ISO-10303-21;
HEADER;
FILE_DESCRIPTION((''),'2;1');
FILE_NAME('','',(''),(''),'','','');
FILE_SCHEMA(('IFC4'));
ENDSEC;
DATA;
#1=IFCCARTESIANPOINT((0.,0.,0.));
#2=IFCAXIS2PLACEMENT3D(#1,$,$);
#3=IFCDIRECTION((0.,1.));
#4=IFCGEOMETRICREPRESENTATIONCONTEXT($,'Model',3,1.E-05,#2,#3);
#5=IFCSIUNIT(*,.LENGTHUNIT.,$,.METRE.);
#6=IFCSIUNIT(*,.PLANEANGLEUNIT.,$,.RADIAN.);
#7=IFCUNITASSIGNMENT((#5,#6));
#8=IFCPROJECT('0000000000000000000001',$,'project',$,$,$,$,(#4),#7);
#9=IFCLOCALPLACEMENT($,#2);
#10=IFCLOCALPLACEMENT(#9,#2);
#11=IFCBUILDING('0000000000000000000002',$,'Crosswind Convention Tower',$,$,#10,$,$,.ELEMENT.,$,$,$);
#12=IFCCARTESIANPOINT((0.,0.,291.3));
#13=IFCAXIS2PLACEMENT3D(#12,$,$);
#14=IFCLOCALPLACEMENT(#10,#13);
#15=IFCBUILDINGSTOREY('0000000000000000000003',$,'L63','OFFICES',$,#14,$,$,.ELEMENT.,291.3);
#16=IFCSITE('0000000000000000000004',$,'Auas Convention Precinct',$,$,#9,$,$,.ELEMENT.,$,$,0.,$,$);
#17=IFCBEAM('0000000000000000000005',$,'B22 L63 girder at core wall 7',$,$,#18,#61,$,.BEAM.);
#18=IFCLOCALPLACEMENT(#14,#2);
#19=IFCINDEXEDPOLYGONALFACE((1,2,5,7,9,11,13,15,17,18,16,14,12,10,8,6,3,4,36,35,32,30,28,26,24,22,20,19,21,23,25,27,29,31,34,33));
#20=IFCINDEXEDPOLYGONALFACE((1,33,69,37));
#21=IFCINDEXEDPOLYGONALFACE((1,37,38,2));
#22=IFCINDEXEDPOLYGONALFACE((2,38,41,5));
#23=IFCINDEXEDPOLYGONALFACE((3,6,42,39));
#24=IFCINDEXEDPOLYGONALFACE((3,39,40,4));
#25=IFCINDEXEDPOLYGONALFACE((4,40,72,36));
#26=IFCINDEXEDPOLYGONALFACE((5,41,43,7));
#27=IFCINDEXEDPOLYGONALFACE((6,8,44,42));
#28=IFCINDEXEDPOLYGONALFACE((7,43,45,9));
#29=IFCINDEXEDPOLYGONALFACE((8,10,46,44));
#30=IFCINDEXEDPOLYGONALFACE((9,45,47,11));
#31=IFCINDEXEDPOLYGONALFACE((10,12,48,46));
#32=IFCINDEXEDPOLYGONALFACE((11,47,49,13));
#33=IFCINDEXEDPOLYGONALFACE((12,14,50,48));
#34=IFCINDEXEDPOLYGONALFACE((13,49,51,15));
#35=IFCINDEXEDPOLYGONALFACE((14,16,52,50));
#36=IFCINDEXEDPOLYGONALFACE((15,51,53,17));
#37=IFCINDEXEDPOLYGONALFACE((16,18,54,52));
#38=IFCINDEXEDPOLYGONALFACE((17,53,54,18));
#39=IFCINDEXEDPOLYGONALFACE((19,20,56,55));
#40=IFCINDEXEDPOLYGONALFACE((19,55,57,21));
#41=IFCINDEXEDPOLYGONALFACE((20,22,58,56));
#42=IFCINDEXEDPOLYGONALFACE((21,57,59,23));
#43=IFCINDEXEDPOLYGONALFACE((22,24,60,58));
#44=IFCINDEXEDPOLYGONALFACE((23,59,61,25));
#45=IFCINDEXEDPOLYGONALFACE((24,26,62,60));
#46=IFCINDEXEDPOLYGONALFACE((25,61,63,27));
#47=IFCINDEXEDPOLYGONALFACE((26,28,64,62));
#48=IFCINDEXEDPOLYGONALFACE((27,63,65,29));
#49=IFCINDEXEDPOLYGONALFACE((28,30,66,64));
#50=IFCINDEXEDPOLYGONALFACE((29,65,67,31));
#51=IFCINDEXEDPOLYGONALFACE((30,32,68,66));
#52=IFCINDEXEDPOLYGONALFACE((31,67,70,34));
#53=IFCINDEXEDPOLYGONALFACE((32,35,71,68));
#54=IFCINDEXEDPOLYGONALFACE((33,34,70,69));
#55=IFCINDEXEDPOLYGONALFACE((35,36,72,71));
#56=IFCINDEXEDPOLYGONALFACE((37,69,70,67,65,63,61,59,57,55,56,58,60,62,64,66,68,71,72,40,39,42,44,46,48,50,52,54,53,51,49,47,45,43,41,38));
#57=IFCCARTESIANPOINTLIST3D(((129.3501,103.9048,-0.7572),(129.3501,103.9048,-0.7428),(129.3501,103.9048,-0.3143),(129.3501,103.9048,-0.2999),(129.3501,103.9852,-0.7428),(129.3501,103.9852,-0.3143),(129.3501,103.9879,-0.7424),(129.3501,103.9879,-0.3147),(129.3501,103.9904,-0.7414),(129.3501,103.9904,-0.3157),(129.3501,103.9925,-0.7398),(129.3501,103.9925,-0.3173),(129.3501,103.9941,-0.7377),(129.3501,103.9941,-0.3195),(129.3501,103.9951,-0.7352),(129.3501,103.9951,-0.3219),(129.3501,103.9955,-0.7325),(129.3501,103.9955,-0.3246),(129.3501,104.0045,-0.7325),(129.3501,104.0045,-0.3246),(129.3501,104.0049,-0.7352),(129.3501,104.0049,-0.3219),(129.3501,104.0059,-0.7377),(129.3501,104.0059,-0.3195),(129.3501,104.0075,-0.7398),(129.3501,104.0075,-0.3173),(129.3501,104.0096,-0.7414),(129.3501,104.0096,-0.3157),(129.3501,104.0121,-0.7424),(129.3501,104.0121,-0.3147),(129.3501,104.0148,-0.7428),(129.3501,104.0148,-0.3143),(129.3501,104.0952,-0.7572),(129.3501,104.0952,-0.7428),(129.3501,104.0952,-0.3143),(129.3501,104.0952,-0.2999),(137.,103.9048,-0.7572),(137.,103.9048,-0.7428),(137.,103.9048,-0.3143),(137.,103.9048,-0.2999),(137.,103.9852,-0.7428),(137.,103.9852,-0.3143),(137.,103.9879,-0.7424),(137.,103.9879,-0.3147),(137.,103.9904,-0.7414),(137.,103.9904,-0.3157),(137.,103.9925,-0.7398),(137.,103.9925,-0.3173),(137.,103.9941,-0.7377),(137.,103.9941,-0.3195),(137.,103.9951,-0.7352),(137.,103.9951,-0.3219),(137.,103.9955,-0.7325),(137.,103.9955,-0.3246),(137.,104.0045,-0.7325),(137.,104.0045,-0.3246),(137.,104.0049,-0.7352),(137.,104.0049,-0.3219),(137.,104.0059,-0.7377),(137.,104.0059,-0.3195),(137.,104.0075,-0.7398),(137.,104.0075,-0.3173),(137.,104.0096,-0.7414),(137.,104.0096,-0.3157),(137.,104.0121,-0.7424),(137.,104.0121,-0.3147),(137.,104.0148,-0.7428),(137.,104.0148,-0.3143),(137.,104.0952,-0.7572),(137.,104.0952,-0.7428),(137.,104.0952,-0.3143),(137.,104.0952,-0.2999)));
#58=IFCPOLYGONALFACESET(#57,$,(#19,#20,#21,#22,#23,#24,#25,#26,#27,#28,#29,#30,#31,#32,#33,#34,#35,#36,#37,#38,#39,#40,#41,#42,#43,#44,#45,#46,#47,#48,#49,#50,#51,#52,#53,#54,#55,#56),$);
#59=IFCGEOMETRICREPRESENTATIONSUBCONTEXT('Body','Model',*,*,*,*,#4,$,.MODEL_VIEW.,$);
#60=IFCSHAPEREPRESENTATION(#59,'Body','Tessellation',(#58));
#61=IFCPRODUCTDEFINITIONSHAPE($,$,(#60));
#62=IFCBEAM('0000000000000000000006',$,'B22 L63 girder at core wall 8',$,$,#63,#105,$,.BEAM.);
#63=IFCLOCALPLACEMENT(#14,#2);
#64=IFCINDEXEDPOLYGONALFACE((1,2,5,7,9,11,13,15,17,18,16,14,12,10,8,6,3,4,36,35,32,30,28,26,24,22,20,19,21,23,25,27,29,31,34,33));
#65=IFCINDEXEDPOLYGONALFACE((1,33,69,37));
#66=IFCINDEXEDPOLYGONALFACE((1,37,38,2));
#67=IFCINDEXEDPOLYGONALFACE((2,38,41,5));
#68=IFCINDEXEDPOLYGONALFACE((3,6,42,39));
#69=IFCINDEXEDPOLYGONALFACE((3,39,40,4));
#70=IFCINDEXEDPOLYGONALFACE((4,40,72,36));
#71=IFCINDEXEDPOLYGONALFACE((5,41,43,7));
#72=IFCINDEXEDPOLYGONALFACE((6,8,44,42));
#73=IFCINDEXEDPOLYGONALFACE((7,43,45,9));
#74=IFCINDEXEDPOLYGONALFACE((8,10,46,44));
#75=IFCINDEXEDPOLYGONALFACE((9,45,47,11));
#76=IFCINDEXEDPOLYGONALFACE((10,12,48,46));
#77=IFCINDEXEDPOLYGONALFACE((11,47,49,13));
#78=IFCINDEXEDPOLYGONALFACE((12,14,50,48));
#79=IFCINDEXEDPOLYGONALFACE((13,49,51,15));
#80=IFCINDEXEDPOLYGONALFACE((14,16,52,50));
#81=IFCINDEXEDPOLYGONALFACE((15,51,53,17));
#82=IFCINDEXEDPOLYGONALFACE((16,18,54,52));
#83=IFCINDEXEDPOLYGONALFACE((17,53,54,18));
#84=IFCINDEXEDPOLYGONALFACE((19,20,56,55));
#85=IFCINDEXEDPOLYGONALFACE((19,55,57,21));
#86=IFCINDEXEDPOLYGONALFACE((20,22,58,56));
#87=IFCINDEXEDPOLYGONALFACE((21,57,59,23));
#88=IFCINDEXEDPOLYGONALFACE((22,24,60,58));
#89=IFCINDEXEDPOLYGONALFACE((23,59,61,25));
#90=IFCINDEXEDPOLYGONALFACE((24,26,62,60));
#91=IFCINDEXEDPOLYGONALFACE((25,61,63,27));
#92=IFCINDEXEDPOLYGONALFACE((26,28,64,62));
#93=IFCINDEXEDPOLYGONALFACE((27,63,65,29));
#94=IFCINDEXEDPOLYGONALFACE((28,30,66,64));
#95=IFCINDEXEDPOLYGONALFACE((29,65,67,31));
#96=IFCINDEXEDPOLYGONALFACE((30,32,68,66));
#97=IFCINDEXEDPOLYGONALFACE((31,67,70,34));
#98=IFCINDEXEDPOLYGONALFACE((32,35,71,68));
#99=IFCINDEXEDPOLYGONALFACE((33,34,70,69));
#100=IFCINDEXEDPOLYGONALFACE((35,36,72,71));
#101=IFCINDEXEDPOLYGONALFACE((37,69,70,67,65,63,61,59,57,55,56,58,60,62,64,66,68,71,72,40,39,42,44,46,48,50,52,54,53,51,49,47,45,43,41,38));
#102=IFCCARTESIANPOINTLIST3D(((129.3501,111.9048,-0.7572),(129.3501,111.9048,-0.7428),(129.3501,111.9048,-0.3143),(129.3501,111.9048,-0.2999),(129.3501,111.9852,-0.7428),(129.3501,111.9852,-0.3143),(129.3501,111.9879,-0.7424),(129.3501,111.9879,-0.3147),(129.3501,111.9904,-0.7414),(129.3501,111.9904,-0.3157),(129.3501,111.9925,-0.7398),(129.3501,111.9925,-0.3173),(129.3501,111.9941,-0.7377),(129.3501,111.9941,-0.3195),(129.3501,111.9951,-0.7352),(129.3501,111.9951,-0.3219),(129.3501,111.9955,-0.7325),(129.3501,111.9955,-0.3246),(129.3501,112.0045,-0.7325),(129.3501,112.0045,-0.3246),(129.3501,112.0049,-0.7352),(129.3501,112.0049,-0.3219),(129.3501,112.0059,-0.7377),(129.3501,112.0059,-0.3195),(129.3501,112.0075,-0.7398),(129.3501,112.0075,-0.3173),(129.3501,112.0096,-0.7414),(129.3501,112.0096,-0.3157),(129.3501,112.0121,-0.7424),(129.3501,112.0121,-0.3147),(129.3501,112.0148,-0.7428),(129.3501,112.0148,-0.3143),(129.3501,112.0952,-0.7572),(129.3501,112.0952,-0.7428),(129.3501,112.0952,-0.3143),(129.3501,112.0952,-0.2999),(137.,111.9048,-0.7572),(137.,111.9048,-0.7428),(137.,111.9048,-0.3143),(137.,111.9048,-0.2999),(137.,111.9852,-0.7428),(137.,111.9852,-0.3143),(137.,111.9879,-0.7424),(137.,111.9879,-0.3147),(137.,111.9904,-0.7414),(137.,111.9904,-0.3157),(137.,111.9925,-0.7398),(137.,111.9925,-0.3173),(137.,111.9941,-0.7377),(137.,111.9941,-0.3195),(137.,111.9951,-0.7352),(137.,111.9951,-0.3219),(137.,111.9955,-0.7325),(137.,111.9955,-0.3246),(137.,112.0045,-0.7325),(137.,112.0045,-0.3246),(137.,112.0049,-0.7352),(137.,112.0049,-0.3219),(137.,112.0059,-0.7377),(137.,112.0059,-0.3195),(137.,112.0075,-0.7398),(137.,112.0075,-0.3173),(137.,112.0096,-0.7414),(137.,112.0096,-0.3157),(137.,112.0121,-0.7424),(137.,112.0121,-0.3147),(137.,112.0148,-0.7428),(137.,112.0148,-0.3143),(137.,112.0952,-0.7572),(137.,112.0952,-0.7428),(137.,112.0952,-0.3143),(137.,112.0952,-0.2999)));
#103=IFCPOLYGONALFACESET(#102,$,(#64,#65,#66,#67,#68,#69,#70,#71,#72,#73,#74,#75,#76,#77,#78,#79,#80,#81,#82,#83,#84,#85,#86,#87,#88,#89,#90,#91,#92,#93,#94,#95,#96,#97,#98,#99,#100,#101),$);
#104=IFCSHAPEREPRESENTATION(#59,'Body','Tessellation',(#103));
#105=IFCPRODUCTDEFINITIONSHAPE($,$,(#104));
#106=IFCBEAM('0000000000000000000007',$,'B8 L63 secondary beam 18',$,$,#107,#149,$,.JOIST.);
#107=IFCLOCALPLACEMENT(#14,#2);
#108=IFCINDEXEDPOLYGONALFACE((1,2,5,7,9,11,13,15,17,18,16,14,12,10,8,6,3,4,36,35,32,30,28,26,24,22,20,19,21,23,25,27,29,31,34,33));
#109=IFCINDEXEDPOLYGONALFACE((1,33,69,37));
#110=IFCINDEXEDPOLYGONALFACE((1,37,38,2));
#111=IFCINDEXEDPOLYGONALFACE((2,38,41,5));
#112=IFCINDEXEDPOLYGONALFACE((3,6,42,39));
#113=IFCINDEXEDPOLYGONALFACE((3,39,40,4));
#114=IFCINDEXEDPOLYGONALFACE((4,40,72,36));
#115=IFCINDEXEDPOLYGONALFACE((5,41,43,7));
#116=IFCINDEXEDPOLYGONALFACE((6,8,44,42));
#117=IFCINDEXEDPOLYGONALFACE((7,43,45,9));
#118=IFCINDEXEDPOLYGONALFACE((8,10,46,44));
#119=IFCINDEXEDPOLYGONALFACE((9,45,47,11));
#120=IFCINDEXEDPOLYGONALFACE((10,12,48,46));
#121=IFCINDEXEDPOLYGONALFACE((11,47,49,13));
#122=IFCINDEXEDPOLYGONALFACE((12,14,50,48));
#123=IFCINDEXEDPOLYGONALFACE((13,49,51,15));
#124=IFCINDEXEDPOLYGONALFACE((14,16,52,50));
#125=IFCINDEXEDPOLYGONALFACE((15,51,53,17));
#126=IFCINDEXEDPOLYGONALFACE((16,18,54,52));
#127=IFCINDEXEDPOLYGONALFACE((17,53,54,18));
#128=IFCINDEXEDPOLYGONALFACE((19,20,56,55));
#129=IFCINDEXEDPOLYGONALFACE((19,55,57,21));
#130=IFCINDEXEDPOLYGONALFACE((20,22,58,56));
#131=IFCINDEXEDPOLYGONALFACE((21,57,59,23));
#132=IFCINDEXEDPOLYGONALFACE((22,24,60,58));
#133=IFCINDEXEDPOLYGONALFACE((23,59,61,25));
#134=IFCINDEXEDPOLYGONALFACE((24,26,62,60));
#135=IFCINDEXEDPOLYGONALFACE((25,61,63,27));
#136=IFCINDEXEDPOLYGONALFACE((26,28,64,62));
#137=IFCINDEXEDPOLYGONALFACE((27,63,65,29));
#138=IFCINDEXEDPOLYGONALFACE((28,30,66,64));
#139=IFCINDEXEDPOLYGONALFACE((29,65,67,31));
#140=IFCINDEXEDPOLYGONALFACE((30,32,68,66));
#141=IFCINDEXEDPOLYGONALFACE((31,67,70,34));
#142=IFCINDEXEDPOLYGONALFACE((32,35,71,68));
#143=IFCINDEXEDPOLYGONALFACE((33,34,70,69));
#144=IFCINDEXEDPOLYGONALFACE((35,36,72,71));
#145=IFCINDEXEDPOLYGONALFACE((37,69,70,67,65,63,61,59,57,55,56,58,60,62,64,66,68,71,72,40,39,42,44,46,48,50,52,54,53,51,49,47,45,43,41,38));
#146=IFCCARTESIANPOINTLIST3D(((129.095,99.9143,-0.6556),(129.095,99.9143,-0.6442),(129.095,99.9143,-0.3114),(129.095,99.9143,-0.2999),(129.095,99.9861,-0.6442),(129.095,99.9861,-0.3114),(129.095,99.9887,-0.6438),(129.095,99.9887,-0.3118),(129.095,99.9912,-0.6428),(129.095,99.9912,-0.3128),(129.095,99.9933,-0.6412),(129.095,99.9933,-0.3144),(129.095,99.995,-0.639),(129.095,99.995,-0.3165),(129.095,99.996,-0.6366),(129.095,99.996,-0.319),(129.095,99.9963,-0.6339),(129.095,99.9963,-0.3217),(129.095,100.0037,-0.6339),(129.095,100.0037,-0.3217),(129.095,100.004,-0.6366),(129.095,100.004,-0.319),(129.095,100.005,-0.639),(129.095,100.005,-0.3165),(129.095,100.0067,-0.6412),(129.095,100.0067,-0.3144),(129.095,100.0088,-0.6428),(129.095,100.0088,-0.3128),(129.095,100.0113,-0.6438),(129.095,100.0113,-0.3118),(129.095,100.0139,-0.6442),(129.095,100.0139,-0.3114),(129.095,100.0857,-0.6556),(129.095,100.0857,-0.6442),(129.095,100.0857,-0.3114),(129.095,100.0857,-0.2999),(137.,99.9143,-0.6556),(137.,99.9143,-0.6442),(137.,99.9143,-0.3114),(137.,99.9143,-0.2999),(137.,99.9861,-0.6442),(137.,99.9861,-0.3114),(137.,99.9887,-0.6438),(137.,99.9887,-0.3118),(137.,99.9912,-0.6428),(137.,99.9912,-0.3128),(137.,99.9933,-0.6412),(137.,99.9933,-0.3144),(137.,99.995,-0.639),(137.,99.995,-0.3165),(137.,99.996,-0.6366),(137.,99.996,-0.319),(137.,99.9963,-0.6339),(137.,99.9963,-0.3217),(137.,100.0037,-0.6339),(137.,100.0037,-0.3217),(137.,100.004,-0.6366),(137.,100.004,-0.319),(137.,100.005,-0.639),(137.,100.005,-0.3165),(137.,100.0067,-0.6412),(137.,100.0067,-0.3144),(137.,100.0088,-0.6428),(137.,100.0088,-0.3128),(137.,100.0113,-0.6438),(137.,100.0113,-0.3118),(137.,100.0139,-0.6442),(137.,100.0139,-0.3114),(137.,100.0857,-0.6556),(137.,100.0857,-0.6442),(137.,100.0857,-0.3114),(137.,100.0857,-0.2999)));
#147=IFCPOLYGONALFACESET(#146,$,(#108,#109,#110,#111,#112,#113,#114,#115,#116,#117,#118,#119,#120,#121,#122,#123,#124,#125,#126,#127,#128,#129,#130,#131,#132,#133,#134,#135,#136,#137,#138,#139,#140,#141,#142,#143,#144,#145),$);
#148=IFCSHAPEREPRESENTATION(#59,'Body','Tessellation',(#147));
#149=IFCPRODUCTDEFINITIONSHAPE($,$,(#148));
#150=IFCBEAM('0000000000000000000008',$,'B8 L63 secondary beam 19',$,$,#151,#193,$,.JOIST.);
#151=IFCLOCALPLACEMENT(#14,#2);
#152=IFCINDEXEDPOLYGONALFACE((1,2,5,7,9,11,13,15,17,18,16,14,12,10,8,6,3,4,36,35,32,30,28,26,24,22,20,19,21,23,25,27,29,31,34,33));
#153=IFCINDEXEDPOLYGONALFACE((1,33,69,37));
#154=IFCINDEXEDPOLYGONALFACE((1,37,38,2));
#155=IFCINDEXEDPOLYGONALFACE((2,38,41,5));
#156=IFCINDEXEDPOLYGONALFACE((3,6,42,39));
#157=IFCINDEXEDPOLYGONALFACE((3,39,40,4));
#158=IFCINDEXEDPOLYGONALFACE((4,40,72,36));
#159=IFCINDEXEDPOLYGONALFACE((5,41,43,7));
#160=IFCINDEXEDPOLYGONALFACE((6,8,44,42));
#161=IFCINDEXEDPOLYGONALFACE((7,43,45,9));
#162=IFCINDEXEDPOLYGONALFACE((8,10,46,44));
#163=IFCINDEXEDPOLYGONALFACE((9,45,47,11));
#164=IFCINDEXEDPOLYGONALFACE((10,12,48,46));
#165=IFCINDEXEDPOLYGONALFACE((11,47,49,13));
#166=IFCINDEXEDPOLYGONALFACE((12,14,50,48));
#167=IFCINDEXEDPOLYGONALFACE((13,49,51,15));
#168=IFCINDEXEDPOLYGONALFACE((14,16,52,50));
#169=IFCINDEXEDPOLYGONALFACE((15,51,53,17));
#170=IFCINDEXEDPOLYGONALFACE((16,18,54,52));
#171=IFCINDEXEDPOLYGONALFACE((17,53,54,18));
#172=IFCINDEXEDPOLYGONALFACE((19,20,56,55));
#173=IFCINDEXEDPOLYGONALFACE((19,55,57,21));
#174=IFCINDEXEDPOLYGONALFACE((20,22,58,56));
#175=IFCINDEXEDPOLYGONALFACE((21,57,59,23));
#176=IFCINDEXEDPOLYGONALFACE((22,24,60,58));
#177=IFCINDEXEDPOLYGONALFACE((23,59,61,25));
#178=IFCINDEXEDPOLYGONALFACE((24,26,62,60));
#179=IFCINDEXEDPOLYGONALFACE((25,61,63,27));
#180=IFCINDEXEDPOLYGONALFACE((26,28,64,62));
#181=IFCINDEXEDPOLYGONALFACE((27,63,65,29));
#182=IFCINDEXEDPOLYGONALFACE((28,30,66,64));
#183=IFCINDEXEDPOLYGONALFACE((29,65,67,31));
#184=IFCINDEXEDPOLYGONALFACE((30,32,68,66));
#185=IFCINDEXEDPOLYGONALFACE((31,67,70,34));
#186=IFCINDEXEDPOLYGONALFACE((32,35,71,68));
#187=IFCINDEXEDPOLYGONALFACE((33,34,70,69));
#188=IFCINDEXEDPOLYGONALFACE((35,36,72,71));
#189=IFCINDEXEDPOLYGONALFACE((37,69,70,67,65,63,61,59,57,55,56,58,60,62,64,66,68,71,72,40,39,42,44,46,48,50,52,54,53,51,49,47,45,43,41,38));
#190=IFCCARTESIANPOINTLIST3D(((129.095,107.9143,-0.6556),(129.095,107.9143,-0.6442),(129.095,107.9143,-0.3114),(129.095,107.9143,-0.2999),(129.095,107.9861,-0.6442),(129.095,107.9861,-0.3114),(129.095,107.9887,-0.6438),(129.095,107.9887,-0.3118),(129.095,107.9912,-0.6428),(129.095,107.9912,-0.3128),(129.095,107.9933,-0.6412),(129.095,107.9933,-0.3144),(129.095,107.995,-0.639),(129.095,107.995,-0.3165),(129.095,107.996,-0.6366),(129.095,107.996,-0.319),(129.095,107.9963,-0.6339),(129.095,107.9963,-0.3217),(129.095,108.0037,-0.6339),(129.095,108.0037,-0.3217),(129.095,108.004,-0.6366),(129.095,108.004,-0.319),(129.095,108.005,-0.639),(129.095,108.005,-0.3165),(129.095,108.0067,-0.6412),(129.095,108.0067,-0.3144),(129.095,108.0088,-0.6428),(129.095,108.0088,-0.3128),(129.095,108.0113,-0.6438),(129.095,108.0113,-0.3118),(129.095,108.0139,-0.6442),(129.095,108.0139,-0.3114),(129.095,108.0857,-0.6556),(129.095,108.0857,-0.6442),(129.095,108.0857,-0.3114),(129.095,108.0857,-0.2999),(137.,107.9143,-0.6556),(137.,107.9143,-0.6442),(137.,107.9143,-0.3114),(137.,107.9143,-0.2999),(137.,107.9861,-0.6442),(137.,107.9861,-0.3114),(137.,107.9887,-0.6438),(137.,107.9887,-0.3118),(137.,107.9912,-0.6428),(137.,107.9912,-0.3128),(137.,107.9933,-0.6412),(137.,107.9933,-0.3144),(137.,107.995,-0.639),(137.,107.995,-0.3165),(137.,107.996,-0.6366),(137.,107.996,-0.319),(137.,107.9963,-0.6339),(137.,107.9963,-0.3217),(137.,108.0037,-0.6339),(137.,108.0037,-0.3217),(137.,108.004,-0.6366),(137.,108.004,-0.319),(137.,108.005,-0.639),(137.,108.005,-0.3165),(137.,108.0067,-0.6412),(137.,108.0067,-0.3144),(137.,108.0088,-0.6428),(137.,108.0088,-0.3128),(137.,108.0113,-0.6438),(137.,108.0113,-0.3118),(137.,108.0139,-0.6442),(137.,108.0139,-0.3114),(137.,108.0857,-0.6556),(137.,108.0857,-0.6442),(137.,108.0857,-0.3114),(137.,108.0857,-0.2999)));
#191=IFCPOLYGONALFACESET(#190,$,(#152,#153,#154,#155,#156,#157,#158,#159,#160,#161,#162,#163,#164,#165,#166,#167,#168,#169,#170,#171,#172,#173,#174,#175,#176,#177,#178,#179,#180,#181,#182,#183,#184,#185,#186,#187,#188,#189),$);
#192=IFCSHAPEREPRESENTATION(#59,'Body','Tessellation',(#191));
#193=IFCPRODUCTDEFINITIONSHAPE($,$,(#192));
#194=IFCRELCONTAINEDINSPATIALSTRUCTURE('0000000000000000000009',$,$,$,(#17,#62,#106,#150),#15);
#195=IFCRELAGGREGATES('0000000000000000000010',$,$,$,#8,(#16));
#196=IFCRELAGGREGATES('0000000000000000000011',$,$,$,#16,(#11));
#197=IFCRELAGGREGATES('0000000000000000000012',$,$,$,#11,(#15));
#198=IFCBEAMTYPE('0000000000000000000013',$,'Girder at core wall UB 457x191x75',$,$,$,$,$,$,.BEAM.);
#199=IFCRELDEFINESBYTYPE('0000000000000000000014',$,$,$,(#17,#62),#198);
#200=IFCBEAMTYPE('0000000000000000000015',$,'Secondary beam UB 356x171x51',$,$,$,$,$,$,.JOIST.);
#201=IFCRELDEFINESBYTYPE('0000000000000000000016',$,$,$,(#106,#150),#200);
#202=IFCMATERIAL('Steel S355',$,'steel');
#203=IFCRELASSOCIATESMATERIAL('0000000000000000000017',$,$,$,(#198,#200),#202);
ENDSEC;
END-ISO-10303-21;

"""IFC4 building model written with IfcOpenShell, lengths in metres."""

from ifc_helpers import new_model, si_unit, direction, frame, origin, origin_2d, place, context, subcontext, project, spatial, i_section, extrude, material, material_profile, profile_set, type_object, element, save


model = new_model("IFC4")

# Units and contexts
model_context = context("Model", 3, precision=1e-05, world=origin(), true_north=direction((0.0, 1.0)))
body_context = subcontext(model_context, "Body", "Model", "MODEL_VIEW")
ifc_project = project(units=[si_unit("LENGTHUNIT", "METRE"), si_unit("PLANEANGLEUNIT", "RADIAN")], contexts=[model_context])

# Site, building, storey
site_placement = place(None, origin())
site = spatial("IfcSite", under=ifc_project, at=site_placement, Name="Auas Convention Precinct", CompositionType="ELEMENT", RefElevation=0.0)
building_placement = place(site_placement, origin())
building = spatial("IfcBuilding", under=site, at=building_placement, Name="Crosswind Convention Tower", CompositionType="ELEMENT")
storey_placement = place(building_placement, frame((0.0, 0.0, 291.3)))
storey = spatial("IfcBuildingStorey", under=building, at=storey_placement, Name="L63", Description="OFFICES", CompositionType="ELEMENT", Elevation=291.3)

# Beams
ifc_material_1 = material(Name="Steel S355", Category="steel")
ifc_material_profile_1 = material_profile(ifc_material_1, i_section(OverallWidth=0.1904, OverallDepth=0.4573, WebThickness=0.009, FlangeThickness=0.0144, FilletRadius=0.0103, at=origin_2d()), Name="UB 457x191x75")
ifc_profile_set_1 = profile_set([ifc_material_profile_1], Name="Steel S355")
beam_type_1 = type_object("IfcBeamType", Name="Girder at core wall UB 457x191x75", PredefinedType="BEAM", material=ifc_profile_set_1)
for number, where, z_axis, x_axis, name in (
    (1, (129.3501, 104.0, -0.5286), (1.0, 0.0, 0.0), (0.0, 1.0, 0.0), "B22 L63 girder at core wall 7"),
    (2, (129.3501, 112.0, -0.5286), (1.0, 0.0, 0.0), (0.0, 1.0, 0.0), "B22 L63 girder at core wall 8"),
):
    element("IfcBeam", number, at=place(storey_placement, frame(where, z_axis=z_axis, x_axis=x_axis)), inside=storey, type_object=beam_type_1, Name=name, PredefinedType="BEAM", context=body_context, shape_type="SweptSolid", body=[
        extrude(i_section(OverallWidth=0.1904, OverallDepth=0.4573, WebThickness=0.009, FlangeThickness=0.0144, FilletRadius=0.0103, at=origin_2d()), origin(), (0.0, 0.0, 1.0), 7.6499),
    ])
ifc_material_profile_2 = material_profile(ifc_material_1, i_section(OverallWidth=0.1714, OverallDepth=0.3557, WebThickness=0.0073, FlangeThickness=0.0115, FilletRadius=0.0103, at=origin_2d()), Name="UB 356x171x51")
ifc_profile_set_2 = profile_set([ifc_material_profile_2], Name="Steel S355")
beam_type_2 = type_object("IfcBeamType", Name="Secondary beam UB 356x171x51", PredefinedType="JOIST", material=ifc_profile_set_2)
for number, where, z_axis, x_axis, name in (
    (3, (129.095, 100.0, -0.4778), (1.0, 0.0, 0.0), (0.0, 1.0, 0.0), "B8 L63 secondary beam 18"),
    (4, (129.095, 108.0, -0.4778), (1.0, 0.0, 0.0), (0.0, 1.0, 0.0), "B8 L63 secondary beam 19"),
):
    element("IfcBeam", number, at=place(storey_placement, frame(where, z_axis=z_axis, x_axis=x_axis)), inside=storey, type_object=beam_type_2, Name=name, PredefinedType="JOIST", context=body_context, shape_type="SweptSolid", body=[
        extrude(i_section(OverallWidth=0.1714, OverallDepth=0.3557, WebThickness=0.0073, FlangeThickness=0.0115, FilletRadius=0.0103, at=origin_2d()), origin(), (0.0, 0.0, 1.0), 7.905),
    ])

save(model, "model.ifc")
